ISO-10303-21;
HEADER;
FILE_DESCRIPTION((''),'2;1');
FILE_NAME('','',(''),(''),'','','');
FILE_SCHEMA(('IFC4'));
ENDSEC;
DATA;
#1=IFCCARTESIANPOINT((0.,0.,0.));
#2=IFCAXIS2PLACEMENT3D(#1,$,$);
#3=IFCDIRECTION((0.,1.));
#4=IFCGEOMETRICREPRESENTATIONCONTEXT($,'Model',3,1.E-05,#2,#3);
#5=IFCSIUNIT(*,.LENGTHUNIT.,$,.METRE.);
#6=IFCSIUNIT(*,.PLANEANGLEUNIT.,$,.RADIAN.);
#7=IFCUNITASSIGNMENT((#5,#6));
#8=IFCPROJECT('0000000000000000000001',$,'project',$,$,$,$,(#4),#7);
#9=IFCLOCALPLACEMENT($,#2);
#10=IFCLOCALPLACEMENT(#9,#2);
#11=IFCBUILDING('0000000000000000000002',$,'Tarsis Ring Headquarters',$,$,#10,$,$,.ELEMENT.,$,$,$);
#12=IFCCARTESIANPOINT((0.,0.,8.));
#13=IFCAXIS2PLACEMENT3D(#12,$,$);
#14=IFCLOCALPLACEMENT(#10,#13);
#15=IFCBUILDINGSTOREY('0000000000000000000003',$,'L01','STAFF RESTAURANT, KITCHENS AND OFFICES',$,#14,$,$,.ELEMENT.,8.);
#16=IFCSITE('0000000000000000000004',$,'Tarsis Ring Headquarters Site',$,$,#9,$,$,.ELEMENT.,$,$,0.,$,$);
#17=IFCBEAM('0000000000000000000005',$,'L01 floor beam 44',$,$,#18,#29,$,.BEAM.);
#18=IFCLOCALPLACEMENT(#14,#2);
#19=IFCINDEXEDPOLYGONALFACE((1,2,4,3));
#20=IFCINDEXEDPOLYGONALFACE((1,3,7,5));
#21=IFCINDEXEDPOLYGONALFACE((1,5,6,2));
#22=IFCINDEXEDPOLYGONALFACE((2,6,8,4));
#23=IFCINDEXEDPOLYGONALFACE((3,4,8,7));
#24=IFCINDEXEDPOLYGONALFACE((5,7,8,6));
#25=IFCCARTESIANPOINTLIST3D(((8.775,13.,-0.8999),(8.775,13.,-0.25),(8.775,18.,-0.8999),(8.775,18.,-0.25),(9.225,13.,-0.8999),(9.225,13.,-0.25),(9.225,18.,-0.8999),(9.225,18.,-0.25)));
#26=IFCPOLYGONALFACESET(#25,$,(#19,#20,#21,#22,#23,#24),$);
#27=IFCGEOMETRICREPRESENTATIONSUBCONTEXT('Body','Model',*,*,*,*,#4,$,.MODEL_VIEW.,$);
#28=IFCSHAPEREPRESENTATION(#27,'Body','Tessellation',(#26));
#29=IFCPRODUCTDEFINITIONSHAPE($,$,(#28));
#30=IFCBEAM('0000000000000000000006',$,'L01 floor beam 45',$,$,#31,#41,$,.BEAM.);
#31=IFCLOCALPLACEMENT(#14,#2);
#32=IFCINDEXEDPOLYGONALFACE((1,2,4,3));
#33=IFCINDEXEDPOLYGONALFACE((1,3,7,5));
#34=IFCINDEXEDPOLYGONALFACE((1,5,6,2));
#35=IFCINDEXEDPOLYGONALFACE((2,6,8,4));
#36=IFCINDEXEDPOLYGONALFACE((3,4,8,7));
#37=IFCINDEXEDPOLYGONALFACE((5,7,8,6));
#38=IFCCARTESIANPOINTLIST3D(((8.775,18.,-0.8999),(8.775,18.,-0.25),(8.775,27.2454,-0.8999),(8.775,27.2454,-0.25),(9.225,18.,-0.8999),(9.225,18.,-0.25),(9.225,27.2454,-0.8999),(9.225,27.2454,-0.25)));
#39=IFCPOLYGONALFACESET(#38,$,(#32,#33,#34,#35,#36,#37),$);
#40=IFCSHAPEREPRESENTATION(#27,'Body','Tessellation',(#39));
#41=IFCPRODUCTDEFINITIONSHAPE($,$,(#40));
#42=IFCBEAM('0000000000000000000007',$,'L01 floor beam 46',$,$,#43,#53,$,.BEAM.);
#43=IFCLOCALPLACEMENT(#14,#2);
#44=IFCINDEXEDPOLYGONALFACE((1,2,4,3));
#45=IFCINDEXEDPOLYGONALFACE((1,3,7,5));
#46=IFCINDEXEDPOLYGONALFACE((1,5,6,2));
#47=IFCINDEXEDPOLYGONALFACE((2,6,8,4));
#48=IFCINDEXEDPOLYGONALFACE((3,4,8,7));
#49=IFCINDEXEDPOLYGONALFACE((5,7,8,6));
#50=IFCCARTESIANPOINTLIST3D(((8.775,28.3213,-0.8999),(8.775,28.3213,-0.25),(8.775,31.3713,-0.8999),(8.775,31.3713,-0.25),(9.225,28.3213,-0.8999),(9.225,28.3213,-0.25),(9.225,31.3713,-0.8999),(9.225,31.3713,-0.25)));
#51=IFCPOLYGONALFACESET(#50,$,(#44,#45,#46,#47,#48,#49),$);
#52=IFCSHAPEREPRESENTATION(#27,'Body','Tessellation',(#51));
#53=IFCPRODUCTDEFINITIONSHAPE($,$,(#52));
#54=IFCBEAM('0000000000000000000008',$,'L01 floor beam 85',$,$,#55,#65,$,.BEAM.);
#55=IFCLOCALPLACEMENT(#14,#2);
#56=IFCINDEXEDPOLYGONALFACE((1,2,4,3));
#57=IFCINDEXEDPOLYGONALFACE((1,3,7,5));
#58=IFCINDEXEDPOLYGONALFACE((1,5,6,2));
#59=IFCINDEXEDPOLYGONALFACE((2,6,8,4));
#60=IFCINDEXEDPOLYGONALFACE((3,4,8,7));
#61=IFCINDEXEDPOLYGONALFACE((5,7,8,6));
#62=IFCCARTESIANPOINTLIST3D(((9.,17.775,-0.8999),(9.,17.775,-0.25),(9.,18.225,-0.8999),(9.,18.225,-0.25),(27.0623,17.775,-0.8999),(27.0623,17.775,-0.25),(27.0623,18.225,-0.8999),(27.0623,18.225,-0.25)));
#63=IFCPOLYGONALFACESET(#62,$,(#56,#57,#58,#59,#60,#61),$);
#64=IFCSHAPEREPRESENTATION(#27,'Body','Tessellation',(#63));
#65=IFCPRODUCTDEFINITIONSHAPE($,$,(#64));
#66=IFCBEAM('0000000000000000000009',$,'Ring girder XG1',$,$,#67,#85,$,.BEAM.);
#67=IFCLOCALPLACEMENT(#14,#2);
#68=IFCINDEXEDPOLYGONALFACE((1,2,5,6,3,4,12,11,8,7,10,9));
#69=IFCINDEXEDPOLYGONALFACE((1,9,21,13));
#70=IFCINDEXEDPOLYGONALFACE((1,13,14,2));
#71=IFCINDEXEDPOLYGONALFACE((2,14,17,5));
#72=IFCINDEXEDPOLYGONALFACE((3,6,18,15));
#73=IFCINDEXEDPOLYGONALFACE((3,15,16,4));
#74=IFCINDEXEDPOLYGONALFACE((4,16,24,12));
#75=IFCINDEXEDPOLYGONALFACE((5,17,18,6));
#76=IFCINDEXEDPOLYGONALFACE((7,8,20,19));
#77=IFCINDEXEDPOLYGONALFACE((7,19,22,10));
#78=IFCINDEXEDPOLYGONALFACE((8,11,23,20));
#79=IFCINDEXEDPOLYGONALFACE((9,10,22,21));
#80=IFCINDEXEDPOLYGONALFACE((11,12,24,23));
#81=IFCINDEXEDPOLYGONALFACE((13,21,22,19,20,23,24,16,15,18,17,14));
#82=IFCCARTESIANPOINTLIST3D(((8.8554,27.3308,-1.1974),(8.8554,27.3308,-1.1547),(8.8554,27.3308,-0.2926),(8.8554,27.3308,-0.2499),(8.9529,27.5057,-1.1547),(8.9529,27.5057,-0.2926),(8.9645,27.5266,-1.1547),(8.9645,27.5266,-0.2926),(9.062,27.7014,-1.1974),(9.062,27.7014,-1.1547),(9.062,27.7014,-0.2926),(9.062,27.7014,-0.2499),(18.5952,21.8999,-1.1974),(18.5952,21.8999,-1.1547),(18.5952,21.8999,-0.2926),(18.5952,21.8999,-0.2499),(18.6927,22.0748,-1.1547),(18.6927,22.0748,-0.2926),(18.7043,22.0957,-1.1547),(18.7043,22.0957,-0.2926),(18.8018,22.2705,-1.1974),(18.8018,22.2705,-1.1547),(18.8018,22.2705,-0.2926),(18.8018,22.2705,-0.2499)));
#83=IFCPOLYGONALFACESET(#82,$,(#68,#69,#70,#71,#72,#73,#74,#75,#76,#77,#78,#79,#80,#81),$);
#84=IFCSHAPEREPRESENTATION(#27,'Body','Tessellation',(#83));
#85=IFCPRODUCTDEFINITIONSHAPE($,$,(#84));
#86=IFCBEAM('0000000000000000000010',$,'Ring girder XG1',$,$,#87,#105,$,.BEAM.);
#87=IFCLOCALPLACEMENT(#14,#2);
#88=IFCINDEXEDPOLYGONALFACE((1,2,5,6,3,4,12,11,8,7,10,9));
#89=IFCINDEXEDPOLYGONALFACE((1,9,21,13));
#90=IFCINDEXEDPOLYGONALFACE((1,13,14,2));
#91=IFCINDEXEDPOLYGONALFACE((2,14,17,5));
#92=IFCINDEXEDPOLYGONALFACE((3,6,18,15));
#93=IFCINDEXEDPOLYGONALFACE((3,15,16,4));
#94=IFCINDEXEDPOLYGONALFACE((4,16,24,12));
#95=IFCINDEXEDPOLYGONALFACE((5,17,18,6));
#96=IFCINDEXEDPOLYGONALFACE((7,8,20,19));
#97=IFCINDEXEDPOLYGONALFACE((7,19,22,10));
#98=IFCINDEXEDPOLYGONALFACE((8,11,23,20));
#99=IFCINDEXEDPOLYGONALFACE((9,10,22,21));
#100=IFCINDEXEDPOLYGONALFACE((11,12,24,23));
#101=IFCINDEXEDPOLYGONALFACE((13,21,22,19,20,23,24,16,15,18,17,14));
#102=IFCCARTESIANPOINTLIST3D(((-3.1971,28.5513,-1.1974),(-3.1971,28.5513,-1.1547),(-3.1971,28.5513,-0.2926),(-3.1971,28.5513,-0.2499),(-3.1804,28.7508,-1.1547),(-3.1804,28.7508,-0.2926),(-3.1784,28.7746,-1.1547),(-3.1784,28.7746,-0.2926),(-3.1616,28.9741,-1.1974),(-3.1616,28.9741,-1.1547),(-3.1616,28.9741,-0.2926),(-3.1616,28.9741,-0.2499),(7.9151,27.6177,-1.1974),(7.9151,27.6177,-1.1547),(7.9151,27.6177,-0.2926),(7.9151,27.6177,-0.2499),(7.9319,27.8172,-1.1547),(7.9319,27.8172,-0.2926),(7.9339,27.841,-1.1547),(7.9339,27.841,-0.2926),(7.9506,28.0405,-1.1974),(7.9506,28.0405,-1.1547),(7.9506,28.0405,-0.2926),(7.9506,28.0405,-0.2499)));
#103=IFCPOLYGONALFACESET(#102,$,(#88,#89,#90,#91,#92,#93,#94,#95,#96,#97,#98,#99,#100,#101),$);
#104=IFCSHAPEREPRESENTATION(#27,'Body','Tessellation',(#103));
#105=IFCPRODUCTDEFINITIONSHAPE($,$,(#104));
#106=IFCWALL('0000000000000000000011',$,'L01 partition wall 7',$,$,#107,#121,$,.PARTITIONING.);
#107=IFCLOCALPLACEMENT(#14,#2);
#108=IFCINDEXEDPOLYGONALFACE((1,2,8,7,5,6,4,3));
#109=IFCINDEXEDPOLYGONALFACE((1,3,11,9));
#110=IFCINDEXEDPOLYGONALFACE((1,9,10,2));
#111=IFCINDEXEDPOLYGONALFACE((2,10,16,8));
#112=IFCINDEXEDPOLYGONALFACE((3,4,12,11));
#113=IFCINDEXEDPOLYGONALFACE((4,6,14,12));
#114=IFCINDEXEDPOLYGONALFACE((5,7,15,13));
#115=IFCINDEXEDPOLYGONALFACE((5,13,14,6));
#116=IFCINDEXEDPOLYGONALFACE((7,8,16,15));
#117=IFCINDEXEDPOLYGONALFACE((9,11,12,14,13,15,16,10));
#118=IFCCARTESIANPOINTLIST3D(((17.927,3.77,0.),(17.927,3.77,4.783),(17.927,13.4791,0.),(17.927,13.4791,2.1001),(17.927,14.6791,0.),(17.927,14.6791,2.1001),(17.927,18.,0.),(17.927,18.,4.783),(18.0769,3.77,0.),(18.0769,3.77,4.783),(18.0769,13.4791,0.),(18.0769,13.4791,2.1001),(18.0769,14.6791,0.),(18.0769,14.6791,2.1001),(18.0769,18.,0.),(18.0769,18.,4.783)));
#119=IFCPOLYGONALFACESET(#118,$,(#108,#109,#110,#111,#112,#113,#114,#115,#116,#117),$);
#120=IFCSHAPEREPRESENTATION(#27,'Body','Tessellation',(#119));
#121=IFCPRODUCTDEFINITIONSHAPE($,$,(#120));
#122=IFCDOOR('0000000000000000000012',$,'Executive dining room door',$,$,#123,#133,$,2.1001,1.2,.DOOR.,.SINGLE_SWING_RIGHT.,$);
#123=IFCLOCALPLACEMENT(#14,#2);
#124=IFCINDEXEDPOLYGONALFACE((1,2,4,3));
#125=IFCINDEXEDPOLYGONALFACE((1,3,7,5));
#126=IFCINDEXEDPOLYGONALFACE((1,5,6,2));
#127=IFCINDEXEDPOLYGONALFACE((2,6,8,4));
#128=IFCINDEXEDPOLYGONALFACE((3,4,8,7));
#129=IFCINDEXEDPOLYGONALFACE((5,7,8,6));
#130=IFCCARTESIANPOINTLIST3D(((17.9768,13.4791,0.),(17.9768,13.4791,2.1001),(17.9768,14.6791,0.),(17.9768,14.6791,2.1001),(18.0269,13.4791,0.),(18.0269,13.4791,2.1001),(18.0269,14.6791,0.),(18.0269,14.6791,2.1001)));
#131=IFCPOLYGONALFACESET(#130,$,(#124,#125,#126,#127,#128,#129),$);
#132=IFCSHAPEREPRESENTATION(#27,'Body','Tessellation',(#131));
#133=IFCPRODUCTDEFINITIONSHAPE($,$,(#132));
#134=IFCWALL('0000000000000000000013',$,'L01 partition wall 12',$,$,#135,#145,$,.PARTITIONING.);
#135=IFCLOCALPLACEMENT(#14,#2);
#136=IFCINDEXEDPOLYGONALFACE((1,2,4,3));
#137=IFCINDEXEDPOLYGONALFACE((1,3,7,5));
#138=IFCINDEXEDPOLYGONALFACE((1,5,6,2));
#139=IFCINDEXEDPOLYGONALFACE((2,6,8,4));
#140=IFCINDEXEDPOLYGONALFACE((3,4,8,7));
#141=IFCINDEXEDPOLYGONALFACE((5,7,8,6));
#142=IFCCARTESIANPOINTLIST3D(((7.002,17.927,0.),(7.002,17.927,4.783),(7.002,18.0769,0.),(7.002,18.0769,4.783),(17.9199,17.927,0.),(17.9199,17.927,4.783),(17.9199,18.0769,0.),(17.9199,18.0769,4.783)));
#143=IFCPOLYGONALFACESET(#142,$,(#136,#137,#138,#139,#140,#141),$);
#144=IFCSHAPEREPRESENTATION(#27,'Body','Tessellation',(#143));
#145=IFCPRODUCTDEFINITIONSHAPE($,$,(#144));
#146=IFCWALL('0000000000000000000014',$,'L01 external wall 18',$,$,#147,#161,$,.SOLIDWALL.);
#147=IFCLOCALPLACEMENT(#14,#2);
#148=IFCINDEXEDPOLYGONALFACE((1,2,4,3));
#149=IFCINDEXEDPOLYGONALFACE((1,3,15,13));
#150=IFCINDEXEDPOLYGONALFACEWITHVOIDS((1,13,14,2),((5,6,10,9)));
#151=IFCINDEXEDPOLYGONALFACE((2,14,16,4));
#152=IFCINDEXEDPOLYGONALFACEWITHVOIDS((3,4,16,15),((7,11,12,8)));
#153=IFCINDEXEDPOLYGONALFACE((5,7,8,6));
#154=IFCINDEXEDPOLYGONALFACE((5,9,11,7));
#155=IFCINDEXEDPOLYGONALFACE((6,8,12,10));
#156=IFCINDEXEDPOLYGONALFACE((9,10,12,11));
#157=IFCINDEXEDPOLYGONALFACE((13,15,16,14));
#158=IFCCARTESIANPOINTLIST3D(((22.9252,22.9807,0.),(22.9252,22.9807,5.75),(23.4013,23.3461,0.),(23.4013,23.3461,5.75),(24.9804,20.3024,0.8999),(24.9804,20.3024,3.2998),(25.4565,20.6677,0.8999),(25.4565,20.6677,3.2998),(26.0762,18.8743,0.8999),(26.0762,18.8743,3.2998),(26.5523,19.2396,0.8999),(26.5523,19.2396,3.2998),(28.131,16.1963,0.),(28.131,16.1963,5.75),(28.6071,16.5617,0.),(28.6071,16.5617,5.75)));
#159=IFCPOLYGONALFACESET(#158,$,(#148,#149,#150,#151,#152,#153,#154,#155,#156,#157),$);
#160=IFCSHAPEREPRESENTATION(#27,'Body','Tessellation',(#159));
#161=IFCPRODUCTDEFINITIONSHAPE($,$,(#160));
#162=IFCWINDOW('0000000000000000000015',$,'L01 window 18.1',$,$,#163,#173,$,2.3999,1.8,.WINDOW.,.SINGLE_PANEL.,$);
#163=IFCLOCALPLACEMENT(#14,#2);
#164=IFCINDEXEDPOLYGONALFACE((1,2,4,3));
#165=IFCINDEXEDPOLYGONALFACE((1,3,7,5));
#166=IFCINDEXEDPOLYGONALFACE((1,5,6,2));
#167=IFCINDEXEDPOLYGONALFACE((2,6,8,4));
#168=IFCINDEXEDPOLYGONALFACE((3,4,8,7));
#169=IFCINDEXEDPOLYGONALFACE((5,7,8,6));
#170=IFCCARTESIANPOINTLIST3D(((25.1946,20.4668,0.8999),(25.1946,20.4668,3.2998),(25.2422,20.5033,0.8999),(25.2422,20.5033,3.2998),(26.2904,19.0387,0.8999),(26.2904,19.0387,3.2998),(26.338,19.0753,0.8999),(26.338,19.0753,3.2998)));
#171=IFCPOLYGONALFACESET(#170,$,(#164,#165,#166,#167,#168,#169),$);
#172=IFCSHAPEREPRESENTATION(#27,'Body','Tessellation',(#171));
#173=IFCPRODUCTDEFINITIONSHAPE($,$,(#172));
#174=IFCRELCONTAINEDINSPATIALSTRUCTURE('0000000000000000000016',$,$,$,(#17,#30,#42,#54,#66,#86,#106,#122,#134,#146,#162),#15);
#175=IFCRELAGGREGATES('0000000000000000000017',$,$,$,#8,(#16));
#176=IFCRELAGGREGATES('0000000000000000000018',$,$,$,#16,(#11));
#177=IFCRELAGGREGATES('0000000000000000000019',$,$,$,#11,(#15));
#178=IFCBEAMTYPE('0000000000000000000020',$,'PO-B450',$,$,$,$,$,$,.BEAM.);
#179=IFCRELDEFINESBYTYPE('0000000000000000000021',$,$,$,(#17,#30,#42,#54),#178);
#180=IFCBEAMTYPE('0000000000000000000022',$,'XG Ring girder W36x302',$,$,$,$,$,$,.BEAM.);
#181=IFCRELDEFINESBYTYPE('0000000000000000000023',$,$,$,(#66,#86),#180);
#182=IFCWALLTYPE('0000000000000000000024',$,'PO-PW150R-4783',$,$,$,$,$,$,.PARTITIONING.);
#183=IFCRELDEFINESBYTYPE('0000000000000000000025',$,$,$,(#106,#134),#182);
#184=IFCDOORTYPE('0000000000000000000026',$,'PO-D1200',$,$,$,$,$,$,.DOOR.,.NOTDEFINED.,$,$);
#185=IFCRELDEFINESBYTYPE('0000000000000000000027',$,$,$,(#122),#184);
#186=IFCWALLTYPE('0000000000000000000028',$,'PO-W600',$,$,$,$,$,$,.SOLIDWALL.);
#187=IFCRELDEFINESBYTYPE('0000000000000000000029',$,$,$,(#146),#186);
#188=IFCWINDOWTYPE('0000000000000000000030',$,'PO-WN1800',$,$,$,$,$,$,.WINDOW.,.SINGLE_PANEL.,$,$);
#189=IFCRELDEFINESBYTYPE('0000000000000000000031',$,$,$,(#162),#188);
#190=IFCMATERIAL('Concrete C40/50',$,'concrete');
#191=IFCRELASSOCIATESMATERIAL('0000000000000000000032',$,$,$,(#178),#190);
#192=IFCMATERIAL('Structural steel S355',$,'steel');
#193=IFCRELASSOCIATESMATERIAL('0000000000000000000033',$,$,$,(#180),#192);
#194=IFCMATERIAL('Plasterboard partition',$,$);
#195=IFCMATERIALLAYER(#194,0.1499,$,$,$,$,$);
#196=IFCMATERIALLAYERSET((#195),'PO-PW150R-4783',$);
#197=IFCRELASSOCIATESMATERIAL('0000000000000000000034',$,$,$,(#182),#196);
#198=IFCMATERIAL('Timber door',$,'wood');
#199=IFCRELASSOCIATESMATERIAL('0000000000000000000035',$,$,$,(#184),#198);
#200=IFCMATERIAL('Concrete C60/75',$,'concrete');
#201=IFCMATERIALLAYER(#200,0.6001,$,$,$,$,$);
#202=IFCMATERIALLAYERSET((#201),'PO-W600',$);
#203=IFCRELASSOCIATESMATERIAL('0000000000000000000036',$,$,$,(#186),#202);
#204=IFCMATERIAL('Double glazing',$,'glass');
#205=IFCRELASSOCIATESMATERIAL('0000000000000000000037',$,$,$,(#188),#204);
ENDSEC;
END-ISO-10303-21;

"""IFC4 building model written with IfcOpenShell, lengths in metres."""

from ifc_helpers import new_model, si_unit, direction, frame, frame_2d, origin, origin_2d, place, context, subcontext, project, spatial, rectangle, i_section, extrude, material, layer, layer_set, material_profile, profile_set, type_object, element, fill, save


model = new_model("IFC4")

# Units and contexts
model_context = context("Model", 3, precision=1e-05, world=origin(), true_north=direction((0.0, 1.0)))
body_context = subcontext(model_context, "Body", "Model", "MODEL_VIEW")
ifc_project = project(units=[si_unit("LENGTHUNIT", "METRE"), si_unit("PLANEANGLEUNIT", "RADIAN")], contexts=[model_context])

# Site, building, storey
site_placement = place(None, origin())
site = spatial("IfcSite", under=ifc_project, at=site_placement, Name="Tarsis Ring Headquarters Site", CompositionType="ELEMENT", RefElevation=0.0)
building_placement = place(site_placement, origin())
building = spatial("IfcBuilding", under=site, at=building_placement, Name="Tarsis Ring Headquarters", CompositionType="ELEMENT")
storey_placement = place(building_placement, frame((0.0, 0.0, 8.0)))
storey = spatial("IfcBuildingStorey", under=building, at=storey_placement, Name="L01", Description="STAFF RESTAURANT, KITCHENS AND OFFICES", CompositionType="ELEMENT", Elevation=8.0)

# Shared definitions
ifc_material_1 = material(Name="Concrete C60/75", Category="concrete")

# Beams
ifc_material_2 = material(Name="Concrete C40/50", Category="concrete")
ifc_material_profile_1 = material_profile(ifc_material_2, rectangle(XDim=0.45, YDim=0.6499, at=origin_2d()), Name="PO-B450")
ifc_profile_set_1 = profile_set([ifc_material_profile_1], Name="Concrete C40/50")
beam_type_1 = type_object("IfcBeamType", Name="PO-B450", PredefinedType="BEAM", material=ifc_profile_set_1)
beam_1_placement = place(storey_placement, frame((9.0, 13.0, -0.575), z_axis=(0.0, 1.0, 0.0), x_axis=(-1.0, 0.0, 0.0)))
element("IfcBeam", 1, at=beam_1_placement, inside=storey, type_object=beam_type_1, Name="L01 floor beam 44", PredefinedType="BEAM", context=body_context, shape_type="SweptSolid", body=[
    extrude(rectangle(XDim=0.45, YDim=0.6499, at=origin_2d()), origin(), (0.0, 0.0, 1.0), 5.0),
])
beam_2_placement = place(storey_placement, frame((9.0, 18.0, -0.575), z_axis=(0.0, 1.0, 0.0), x_axis=(-1.0, 0.0, 0.0)))
element("IfcBeam", 2, at=beam_2_placement, inside=storey, type_object=beam_type_1, Name="L01 floor beam 45", PredefinedType="BEAM", context=body_context, shape_type="SweptSolid", body=[
    extrude(rectangle(XDim=0.45, YDim=0.6499, at=origin_2d()), origin(), (0.0, 0.0, 1.0), 9.2454),
])
beam_3_placement = place(storey_placement, frame((9.0, 28.3213, -0.575), z_axis=(0.0, 1.0, 0.0), x_axis=(-1.0, 0.0, 0.0)))
element("IfcBeam", 3, at=beam_3_placement, inside=storey, type_object=beam_type_1, Name="L01 floor beam 46", PredefinedType="BEAM", context=body_context, shape_type="SweptSolid", body=[
    extrude(rectangle(XDim=0.45, YDim=0.6499, at=origin_2d()), origin(), (0.0, 0.0, 1.0), 3.05),
])
beam_4_placement = place(storey_placement, frame((9.0, 18.0, -0.575), z_axis=(1.0, 0.0, 0.0), x_axis=(0.0, 1.0, 0.0)))
element("IfcBeam", 4, at=beam_4_placement, inside=storey, type_object=beam_type_1, Name="L01 floor beam 85", PredefinedType="BEAM", context=body_context, shape_type="SweptSolid", body=[
    extrude(rectangle(XDim=0.45, YDim=0.6499, at=origin_2d()), origin(), (0.0, 0.0, 1.0), 18.0623),
])
ifc_material_3 = material(Name="Structural steel S355", Category="steel")
ifc_material_profile_2 = material_profile(ifc_material_3, i_section(OverallWidth=0.4243, OverallDepth=0.9475, WebThickness=0.0239, FlangeThickness=0.0427, at=origin_2d()), Name="W36x302")
ifc_profile_set_2 = profile_set([ifc_material_profile_2], Name="Structural steel S355")
beam_type_2 = type_object("IfcBeamType", Name="XG Ring girder W36x302", PredefinedType="BEAM", material=ifc_profile_set_2)
beam_5_placement = place(storey_placement, frame((18.6985, 22.0852, -0.7236), z_axis=(-0.873397, 0.487009, 0.0), x_axis=(-0.487009, -0.873397, 0.0)))
element("IfcBeam", 5, at=beam_5_placement, inside=storey, type_object=beam_type_2, Name="Ring girder XG1", PredefinedType="BEAM", context=body_context, shape_type="SweptSolid", body=[
    extrude(i_section(OverallWidth=0.4243, OverallDepth=0.9475, WebThickness=0.0239, FlangeThickness=0.0427, at=origin_2d()), origin(), (0.0, 0.0, 1.0), 11.1516),
])
beam_6_placement = place(storey_placement, frame((7.9329, 27.8291, -0.7236), z_axis=(-0.996489, 0.083719, 0.0), x_axis=(-0.083719, -0.996489, 0.0)))
element("IfcBeam", 6, at=beam_6_placement, inside=storey, type_object=beam_type_2, Name="Ring girder XG1", PredefinedType="BEAM", context=body_context, shape_type="SweptSolid", body=[
    extrude(i_section(OverallWidth=0.4243, OverallDepth=0.9475, WebThickness=0.0239, FlangeThickness=0.0427, at=origin_2d()), origin(), (0.0, 0.0, 1.0), 11.1514),
])

# Wall, opening, door
ifc_material_4 = material(Name="Plasterboard partition")
ifc_layer_1 = layer(ifc_material_4, 0.1499)
ifc_layer_set_1 = layer_set([ifc_layer_1], Name="PO-PW150R-4783")
wall_type_1 = type_object("IfcWallType", Name="PO-PW150R-4783", PredefinedType="PARTITIONING", material=ifc_layer_set_1)
wall_1_placement = place(storey_placement, frame((18.002, 18.0, 0.0), z_axis=(0.0, 0.0, 1.0), x_axis=(0.0, -1.0, 0.0)))
wall_1 = element("IfcWall", 7, at=wall_1_placement, inside=storey, type_object=wall_type_1, Name="L01 partition wall 7", PredefinedType="PARTITIONING", context=body_context, shape_type="SweptSolid", body=[
    extrude(rectangle(XDim=14.23, YDim=0.1499, at=frame_2d((7.115, 0.0))), origin(), (0.0, 0.0, 1.0), 4.783),
])
opening_1_placement = place(wall_1_placement, frame((3.3208, 0.0, 0.0)))
opening_1 = element("IfcOpeningElement", 8, at=opening_1_placement, cuts=wall_1, PredefinedType="OPENING", context=body_context, shape_type="SweptSolid", body=[
    extrude(rectangle(XDim=1.2, YDim=2.1001, at=frame_2d((0.6001, 1.05))), frame((0.0, 0.085, 0.0), z_axis=(0.0, -1.0, 0.0), x_axis=(1.0, 0.0, 0.0)), (0.0, 0.0, 1.0), 0.1699),
])
ifc_material_5 = material(Name="Timber door", Category="wood")
door_type = type_object("IfcDoorType", Name="PO-D1200", OperationType="NOTDEFINED", PredefinedType="DOOR", material=ifc_material_5)
door_placement = place(opening_1_placement, origin())
door = element("IfcDoor", 9, at=door_placement, inside=storey, type_object=door_type, Name="Executive dining room door", OperationType="SINGLE_SWING_RIGHT", OverallHeight=2.1001, OverallWidth=1.2, PredefinedType="DOOR", context=body_context, shape_type="SweptSolid", body=[
    extrude(rectangle(XDim=1.2, YDim=2.1001, at=frame_2d((0.6001, 1.05))), frame((0.0, 0.0249, 0.0), z_axis=(0.0, -1.0, 0.0), x_axis=(1.0, 0.0, 0.0)), (0.0, 0.0, 1.0), 0.05),
])
fill(opening_1, door)

# Wall
wall_2_placement = place(storey_placement, frame((7.002, 18.002, 0.0), z_axis=(0.0, 0.0, 1.0), x_axis=(1.0, 0.0, 0.0)))
element("IfcWall", 10, at=wall_2_placement, inside=storey, type_object=wall_type_1, Name="L01 partition wall 12", PredefinedType="PARTITIONING", context=body_context, shape_type="SweptSolid", body=[
    extrude(rectangle(XDim=10.918, YDim=0.1499, at=frame_2d((5.459, 0.0))), origin(), (0.0, 0.0, 1.0), 4.783),
])

# Wall, opening, window
ifc_layer_2 = layer(ifc_material_1, 0.6001)
ifc_layer_set_2 = layer_set([ifc_layer_2], Name="PO-W600")
wall_type_2 = type_object("IfcWallType", Name="PO-W600", PredefinedType="SOLIDWALL", material=ifc_layer_set_2)
wall_3_placement = place(storey_placement, frame((28.3691, 16.3789, 0.0), z_axis=(0.0, 0.0, 1.0), x_axis=(-0.608757, 0.793357, 0.0)))
wall_3 = element("IfcWall", 11, at=wall_3_placement, inside=storey, type_object=wall_type_2, Name="L01 external wall 18", PredefinedType="SOLIDWALL", context=body_context, shape_type="SweptSolid", body=[
    extrude(rectangle(XDim=8.5515, YDim=0.6001, at=frame_2d((4.2759, 0.0))), origin(), (0.0, 0.0, 1.0), 5.75),
])
opening_2_placement = place(wall_3_placement, frame((3.3757, 0.0, 0.8999)))
opening_2 = element("IfcOpeningElement", 12, at=opening_2_placement, cuts=wall_3, PredefinedType="OPENING", context=body_context, shape_type="SweptSolid", body=[
    extrude(rectangle(XDim=1.8, YDim=2.3999, at=frame_2d((0.8999, 1.2))), frame((0.0, 0.3101, 0.0), z_axis=(0.0, -1.0, 0.0), x_axis=(1.0, 0.0, 0.0)), (0.0, 0.0, 1.0), 0.6201),
])
ifc_material_6 = material(Name="Double glazing", Category="glass")
window_type = type_object("IfcWindowType", Name="PO-WN1800", PartitioningType="SINGLE_PANEL", PredefinedType="WINDOW", material=ifc_material_6)
window_1_placement = place(opening_2_placement, origin())
window_1 = element("IfcWindow", 13, at=window_1_placement, inside=storey, type_object=window_type, Name="L01 window 18.1", OverallHeight=2.3999, OverallWidth=1.8, PartitioningType="SINGLE_PANEL", PredefinedType="WINDOW", context=body_context, shape_type="SweptSolid", body=[
    extrude(rectangle(XDim=1.8, YDim=2.3999, at=frame_2d((0.8999, 1.2))), frame((0.0, 0.03, 0.0), z_axis=(0.0, -1.0, 0.0), x_axis=(1.0, 0.0, 0.0)), (0.0, 0.0, 1.0), 0.0601),
])
fill(opening_2, window_1)

save(model, "model.ifc")
